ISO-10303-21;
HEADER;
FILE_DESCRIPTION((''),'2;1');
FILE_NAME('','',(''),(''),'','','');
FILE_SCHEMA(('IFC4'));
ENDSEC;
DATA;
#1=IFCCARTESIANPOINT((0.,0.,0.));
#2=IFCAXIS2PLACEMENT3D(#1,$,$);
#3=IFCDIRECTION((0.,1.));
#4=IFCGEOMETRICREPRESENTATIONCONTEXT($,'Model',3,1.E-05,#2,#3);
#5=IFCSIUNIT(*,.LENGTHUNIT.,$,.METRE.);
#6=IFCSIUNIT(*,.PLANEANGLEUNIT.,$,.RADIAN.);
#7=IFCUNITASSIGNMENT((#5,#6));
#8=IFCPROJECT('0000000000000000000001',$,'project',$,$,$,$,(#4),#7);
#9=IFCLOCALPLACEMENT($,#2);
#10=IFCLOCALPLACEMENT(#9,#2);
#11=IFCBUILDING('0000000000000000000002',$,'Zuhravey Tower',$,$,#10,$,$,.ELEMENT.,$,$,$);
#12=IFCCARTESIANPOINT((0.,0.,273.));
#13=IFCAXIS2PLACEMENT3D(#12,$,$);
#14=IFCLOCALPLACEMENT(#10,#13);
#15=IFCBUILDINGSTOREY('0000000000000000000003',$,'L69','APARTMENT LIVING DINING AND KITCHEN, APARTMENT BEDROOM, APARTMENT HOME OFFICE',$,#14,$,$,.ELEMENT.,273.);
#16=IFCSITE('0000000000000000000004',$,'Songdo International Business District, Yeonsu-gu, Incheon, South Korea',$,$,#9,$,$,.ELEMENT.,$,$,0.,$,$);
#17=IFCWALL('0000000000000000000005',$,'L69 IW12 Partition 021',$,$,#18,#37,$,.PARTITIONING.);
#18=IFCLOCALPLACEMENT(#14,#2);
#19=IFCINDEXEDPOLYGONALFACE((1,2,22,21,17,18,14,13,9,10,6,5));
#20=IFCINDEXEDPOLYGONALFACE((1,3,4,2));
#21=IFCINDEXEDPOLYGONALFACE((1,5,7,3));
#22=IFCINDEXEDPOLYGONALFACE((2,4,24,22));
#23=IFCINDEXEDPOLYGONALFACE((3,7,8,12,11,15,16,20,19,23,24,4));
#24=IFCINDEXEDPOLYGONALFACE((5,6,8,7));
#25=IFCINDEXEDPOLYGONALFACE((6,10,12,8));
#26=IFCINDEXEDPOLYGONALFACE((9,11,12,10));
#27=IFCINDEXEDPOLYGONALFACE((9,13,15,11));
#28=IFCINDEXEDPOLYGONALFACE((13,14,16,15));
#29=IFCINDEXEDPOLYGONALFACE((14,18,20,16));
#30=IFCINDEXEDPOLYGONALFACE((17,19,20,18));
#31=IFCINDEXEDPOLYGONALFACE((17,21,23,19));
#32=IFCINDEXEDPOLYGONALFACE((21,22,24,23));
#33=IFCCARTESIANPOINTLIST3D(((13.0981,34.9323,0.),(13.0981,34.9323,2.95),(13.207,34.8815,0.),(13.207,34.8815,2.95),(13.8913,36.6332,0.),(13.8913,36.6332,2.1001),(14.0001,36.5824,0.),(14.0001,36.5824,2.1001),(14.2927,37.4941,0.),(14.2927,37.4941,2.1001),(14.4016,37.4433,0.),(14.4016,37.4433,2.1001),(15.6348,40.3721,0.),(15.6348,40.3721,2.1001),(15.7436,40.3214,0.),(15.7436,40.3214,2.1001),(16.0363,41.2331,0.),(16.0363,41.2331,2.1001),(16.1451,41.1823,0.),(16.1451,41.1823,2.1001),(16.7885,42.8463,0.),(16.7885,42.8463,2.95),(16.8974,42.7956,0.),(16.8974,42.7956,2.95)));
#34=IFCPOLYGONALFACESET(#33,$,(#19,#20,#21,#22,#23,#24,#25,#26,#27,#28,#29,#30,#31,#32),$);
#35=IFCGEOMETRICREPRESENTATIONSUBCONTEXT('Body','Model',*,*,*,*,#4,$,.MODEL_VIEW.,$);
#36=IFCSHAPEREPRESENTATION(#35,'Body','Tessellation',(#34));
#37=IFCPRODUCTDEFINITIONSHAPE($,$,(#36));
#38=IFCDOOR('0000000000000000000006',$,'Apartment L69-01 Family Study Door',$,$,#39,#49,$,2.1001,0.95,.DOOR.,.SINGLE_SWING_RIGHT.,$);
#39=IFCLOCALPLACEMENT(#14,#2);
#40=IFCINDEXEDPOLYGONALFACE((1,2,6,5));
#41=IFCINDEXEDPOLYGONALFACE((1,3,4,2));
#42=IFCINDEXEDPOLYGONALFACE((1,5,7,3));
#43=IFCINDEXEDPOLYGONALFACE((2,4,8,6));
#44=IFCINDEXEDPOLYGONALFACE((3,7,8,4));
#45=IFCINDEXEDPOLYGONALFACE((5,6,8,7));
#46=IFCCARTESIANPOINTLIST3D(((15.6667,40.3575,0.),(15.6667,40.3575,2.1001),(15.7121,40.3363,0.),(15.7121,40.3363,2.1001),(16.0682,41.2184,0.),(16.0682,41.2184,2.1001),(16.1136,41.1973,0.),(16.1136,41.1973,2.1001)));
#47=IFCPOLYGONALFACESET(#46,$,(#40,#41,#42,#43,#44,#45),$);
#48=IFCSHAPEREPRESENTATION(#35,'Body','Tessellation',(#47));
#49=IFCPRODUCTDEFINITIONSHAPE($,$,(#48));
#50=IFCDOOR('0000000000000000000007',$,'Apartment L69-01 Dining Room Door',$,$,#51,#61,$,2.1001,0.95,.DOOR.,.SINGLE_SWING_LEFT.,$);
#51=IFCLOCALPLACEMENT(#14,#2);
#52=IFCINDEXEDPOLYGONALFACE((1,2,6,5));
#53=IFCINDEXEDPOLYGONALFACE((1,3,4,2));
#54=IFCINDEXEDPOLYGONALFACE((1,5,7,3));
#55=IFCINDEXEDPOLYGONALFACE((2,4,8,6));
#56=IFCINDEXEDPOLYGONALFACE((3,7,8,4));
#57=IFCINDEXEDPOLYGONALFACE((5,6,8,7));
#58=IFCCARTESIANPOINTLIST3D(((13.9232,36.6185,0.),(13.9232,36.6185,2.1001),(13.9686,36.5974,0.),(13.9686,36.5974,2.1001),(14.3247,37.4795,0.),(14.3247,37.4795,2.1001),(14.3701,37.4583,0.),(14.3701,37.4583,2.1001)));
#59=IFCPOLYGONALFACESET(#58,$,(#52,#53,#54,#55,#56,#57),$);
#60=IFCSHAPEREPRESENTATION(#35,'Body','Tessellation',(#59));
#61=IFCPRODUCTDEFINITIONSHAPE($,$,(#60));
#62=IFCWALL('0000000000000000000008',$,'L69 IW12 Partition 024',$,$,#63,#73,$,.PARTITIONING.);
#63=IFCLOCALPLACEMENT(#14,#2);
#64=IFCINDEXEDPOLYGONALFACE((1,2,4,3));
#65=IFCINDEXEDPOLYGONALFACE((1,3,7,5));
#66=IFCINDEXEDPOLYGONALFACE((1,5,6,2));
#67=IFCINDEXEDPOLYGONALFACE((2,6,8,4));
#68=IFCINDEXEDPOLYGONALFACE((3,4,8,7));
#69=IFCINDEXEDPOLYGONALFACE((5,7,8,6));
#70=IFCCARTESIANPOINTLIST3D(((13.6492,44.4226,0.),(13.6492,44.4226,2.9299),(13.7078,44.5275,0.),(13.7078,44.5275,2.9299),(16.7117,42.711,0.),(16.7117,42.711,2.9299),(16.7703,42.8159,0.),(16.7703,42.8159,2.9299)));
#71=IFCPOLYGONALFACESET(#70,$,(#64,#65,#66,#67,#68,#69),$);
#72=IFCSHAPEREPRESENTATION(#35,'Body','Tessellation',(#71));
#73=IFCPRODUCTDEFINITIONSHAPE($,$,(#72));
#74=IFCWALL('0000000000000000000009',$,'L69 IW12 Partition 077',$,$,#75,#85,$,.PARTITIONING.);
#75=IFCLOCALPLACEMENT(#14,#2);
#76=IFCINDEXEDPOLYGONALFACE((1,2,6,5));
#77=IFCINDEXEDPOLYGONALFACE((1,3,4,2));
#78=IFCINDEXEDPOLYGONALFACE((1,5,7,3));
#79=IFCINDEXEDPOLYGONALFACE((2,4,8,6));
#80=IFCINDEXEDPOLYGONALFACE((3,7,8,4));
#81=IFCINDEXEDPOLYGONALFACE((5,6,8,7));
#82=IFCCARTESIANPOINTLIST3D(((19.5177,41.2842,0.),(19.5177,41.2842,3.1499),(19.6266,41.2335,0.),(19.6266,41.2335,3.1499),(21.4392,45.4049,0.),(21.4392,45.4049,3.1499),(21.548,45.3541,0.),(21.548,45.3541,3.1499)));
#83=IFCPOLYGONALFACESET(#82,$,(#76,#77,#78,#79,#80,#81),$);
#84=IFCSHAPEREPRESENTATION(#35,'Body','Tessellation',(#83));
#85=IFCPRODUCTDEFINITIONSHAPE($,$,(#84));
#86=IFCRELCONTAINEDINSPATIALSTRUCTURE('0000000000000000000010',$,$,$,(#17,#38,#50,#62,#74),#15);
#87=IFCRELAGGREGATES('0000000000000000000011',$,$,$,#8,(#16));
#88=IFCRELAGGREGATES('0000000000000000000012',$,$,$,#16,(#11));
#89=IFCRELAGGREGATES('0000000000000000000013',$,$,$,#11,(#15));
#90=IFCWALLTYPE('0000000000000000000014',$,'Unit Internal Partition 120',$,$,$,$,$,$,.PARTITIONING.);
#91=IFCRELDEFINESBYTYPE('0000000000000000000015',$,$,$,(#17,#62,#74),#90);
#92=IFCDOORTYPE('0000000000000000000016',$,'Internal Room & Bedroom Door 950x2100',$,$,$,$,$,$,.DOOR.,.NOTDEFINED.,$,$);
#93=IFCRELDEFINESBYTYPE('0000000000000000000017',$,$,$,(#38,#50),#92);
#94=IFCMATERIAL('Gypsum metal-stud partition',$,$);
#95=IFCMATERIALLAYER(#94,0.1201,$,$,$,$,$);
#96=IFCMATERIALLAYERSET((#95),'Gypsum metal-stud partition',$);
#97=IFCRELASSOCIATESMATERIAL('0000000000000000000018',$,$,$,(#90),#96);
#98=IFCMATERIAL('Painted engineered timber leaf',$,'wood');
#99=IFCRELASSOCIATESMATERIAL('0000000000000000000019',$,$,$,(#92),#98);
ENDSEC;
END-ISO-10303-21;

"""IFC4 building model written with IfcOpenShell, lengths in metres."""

from ifc_helpers import new_model, si_unit, direction, frame, frame_2d, origin, place, context, subcontext, project, spatial, rectangle, extrude, material, layer, layer_set, type_object, element, fill, save


model = new_model("IFC4")

# Units and contexts
model_context = context("Model", 3, precision=1e-05, world=origin(), true_north=direction((0.0, 1.0)))
body_context = subcontext(model_context, "Body", "Model", "MODEL_VIEW")
ifc_project = project(units=[si_unit("LENGTHUNIT", "METRE"), si_unit("PLANEANGLEUNIT", "RADIAN")], contexts=[model_context])

# Site, building, storey
site_placement = place(None, origin())
site = spatial("IfcSite", under=ifc_project, at=site_placement, Name="Songdo International Business District, Yeonsu-gu, Incheon, South Korea", CompositionType="ELEMENT", RefElevation=0.0)
building_placement = place(site_placement, origin())
building = spatial("IfcBuilding", under=site, at=building_placement, Name="Zuhravey Tower", CompositionType="ELEMENT")
storey_placement = place(building_placement, frame((0.0, 0.0, 273.0)))
storey = spatial("IfcBuildingStorey", under=building, at=storey_placement, Name="L69", Description="APARTMENT LIVING DINING AND KITCHEN, APARTMENT BEDROOM, APARTMENT HOME OFFICE", CompositionType="ELEMENT", Elevation=273.0)

# Wall, openings, doors
ifc_material_1 = material(Name="Gypsum metal-stud partition")
ifc_layer_1 = layer(ifc_material_1, 0.1201)
ifc_layer_set_1 = layer_set([ifc_layer_1], Name="Gypsum metal-stud partition")
wall_type_1 = type_object("IfcWallType", Name="Unit Internal Partition 120", PredefinedType="PARTITIONING", material=ifc_layer_set_1)
wall_1_placement = place(storey_placement, frame((16.843, 42.821, 0.0), z_axis=(0.0, 0.0, 1.0), x_axis=(-0.422622, -0.906306, 0.0)))
wall_1 = element("IfcWall", 1, at=wall_1_placement, inside=storey, type_object=wall_type_1, Name="L69 IW12 Partition 021", PredefinedType="PARTITIONING", context=body_context, shape_type="SweptSolid", body=[
    extrude(rectangle(XDim=8.7322, YDim=0.1201, at=frame_2d((4.3662, 0.0))), origin(), (0.0, 0.0, 1.0), 2.95),
])
opening_1_placement = place(wall_1_placement, frame((1.78, 0.0, 0.0)))
opening_1 = element("IfcOpeningElement", 2, at=opening_1_placement, cuts=wall_1, PredefinedType="OPENING", context=body_context, shape_type="SweptSolid", body=[
    extrude(rectangle(XDim=0.95, YDim=2.1001, at=frame_2d((0.4751, 1.05))), frame((0.0, 0.072, 0.0), z_axis=(0.0, -1.0, 0.0), x_axis=(1.0, 0.0, 0.0)), (0.0, 0.0, 1.0), 0.144),
])
opening_2_placement = place(wall_1_placement, frame((5.9055, 0.0, 0.0)))
opening_2 = element("IfcOpeningElement", 3, at=opening_2_placement, cuts=wall_1, PredefinedType="OPENING", context=body_context, shape_type="SweptSolid", body=[
    extrude(rectangle(XDim=0.95, YDim=2.1001, at=frame_2d((0.4751, 1.05))), frame((0.0, 0.072, 0.0), z_axis=(0.0, -1.0, 0.0), x_axis=(1.0, 0.0, 0.0)), (0.0, 0.0, 1.0), 0.144),
])
ifc_material_2 = material(Name="Painted engineered timber leaf", Category="wood")
door_type = type_object("IfcDoorType", Name="Internal Room & Bedroom Door 950x2100", OperationType="NOTDEFINED", PredefinedType="DOOR", material=ifc_material_2)
door_1_placement = place(opening_1_placement, frame((0.95, 0.0, 0.0), z_axis=(0.0, 0.0, 1.0), x_axis=(-1.0, 0.0, 0.0)))
door_1 = element("IfcDoor", 4, at=door_1_placement, inside=storey, type_object=door_type, Name="Apartment L69-01 Family Study Door", OperationType="SINGLE_SWING_RIGHT", OverallHeight=2.1001, OverallWidth=0.95, PredefinedType="DOOR", context=body_context, shape_type="SweptSolid", body=[
    extrude(rectangle(XDim=0.95, YDim=2.1001, at=frame_2d((0.4751, 1.05))), frame((0.0, 0.0249, 0.0), z_axis=(0.0, -1.0, 0.0), x_axis=(1.0, 0.0, 0.0)), (0.0, 0.0, 1.0), 0.05),
])
fill(opening_1, door_1)
door_2_placement = place(opening_2_placement, frame((0.95, 0.0, 0.0), z_axis=(0.0, 0.0, 1.0), x_axis=(-1.0, 0.0, 0.0)))
door_2 = element("IfcDoor", 5, at=door_2_placement, inside=storey, type_object=door_type, Name="Apartment L69-01 Dining Room Door", OperationType="SINGLE_SWING_LEFT", OverallHeight=2.1001, OverallWidth=0.95, PredefinedType="DOOR", context=body_context, shape_type="SweptSolid", body=[
    extrude(rectangle(XDim=0.95, YDim=2.1001, at=frame_2d((0.4751, 1.05))), frame((0.0, 0.0249, 0.0), z_axis=(0.0, -1.0, 0.0), x_axis=(1.0, 0.0, 0.0)), (0.0, 0.0, 1.0), 0.05),
])
fill(opening_2, door_2)

# Walls
wall_2_placement = place(storey_placement, frame((16.741, 42.7634, 0.0), z_axis=(0.0, 0.0, 1.0), x_axis=(-0.87291, 0.487881, 0.0)))
element("IfcWall", 6, at=wall_2_placement, inside=storey, type_object=wall_type_1, Name="L69 IW12 Partition 024", PredefinedType="PARTITIONING", context=body_context, shape_type="SweptSolid", body=[
    extrude(rectangle(XDim=3.5083, YDim=0.1201, at=frame_2d((1.7542, 0.0))), origin(), (0.0, 0.0, 1.0), 2.9299),
])
wall_3_placement = place(storey_placement, frame((21.4937, 45.3796, 0.0), z_axis=(0.0, 0.0, 1.0), x_axis=(-0.422603, -0.906315, 0.0)))
element("IfcWall", 7, at=wall_3_placement, inside=storey, type_object=wall_type_1, Name="L69 IW12 Partition 077", PredefinedType="PARTITIONING", context=body_context, shape_type="SweptSolid", body=[
    extrude(rectangle(XDim=4.5466, YDim=0.1201, at=frame_2d((2.2734, 0.0))), origin(), (0.0, 0.0, 1.0), 3.1499),
])

save(model, "model.ifc")
